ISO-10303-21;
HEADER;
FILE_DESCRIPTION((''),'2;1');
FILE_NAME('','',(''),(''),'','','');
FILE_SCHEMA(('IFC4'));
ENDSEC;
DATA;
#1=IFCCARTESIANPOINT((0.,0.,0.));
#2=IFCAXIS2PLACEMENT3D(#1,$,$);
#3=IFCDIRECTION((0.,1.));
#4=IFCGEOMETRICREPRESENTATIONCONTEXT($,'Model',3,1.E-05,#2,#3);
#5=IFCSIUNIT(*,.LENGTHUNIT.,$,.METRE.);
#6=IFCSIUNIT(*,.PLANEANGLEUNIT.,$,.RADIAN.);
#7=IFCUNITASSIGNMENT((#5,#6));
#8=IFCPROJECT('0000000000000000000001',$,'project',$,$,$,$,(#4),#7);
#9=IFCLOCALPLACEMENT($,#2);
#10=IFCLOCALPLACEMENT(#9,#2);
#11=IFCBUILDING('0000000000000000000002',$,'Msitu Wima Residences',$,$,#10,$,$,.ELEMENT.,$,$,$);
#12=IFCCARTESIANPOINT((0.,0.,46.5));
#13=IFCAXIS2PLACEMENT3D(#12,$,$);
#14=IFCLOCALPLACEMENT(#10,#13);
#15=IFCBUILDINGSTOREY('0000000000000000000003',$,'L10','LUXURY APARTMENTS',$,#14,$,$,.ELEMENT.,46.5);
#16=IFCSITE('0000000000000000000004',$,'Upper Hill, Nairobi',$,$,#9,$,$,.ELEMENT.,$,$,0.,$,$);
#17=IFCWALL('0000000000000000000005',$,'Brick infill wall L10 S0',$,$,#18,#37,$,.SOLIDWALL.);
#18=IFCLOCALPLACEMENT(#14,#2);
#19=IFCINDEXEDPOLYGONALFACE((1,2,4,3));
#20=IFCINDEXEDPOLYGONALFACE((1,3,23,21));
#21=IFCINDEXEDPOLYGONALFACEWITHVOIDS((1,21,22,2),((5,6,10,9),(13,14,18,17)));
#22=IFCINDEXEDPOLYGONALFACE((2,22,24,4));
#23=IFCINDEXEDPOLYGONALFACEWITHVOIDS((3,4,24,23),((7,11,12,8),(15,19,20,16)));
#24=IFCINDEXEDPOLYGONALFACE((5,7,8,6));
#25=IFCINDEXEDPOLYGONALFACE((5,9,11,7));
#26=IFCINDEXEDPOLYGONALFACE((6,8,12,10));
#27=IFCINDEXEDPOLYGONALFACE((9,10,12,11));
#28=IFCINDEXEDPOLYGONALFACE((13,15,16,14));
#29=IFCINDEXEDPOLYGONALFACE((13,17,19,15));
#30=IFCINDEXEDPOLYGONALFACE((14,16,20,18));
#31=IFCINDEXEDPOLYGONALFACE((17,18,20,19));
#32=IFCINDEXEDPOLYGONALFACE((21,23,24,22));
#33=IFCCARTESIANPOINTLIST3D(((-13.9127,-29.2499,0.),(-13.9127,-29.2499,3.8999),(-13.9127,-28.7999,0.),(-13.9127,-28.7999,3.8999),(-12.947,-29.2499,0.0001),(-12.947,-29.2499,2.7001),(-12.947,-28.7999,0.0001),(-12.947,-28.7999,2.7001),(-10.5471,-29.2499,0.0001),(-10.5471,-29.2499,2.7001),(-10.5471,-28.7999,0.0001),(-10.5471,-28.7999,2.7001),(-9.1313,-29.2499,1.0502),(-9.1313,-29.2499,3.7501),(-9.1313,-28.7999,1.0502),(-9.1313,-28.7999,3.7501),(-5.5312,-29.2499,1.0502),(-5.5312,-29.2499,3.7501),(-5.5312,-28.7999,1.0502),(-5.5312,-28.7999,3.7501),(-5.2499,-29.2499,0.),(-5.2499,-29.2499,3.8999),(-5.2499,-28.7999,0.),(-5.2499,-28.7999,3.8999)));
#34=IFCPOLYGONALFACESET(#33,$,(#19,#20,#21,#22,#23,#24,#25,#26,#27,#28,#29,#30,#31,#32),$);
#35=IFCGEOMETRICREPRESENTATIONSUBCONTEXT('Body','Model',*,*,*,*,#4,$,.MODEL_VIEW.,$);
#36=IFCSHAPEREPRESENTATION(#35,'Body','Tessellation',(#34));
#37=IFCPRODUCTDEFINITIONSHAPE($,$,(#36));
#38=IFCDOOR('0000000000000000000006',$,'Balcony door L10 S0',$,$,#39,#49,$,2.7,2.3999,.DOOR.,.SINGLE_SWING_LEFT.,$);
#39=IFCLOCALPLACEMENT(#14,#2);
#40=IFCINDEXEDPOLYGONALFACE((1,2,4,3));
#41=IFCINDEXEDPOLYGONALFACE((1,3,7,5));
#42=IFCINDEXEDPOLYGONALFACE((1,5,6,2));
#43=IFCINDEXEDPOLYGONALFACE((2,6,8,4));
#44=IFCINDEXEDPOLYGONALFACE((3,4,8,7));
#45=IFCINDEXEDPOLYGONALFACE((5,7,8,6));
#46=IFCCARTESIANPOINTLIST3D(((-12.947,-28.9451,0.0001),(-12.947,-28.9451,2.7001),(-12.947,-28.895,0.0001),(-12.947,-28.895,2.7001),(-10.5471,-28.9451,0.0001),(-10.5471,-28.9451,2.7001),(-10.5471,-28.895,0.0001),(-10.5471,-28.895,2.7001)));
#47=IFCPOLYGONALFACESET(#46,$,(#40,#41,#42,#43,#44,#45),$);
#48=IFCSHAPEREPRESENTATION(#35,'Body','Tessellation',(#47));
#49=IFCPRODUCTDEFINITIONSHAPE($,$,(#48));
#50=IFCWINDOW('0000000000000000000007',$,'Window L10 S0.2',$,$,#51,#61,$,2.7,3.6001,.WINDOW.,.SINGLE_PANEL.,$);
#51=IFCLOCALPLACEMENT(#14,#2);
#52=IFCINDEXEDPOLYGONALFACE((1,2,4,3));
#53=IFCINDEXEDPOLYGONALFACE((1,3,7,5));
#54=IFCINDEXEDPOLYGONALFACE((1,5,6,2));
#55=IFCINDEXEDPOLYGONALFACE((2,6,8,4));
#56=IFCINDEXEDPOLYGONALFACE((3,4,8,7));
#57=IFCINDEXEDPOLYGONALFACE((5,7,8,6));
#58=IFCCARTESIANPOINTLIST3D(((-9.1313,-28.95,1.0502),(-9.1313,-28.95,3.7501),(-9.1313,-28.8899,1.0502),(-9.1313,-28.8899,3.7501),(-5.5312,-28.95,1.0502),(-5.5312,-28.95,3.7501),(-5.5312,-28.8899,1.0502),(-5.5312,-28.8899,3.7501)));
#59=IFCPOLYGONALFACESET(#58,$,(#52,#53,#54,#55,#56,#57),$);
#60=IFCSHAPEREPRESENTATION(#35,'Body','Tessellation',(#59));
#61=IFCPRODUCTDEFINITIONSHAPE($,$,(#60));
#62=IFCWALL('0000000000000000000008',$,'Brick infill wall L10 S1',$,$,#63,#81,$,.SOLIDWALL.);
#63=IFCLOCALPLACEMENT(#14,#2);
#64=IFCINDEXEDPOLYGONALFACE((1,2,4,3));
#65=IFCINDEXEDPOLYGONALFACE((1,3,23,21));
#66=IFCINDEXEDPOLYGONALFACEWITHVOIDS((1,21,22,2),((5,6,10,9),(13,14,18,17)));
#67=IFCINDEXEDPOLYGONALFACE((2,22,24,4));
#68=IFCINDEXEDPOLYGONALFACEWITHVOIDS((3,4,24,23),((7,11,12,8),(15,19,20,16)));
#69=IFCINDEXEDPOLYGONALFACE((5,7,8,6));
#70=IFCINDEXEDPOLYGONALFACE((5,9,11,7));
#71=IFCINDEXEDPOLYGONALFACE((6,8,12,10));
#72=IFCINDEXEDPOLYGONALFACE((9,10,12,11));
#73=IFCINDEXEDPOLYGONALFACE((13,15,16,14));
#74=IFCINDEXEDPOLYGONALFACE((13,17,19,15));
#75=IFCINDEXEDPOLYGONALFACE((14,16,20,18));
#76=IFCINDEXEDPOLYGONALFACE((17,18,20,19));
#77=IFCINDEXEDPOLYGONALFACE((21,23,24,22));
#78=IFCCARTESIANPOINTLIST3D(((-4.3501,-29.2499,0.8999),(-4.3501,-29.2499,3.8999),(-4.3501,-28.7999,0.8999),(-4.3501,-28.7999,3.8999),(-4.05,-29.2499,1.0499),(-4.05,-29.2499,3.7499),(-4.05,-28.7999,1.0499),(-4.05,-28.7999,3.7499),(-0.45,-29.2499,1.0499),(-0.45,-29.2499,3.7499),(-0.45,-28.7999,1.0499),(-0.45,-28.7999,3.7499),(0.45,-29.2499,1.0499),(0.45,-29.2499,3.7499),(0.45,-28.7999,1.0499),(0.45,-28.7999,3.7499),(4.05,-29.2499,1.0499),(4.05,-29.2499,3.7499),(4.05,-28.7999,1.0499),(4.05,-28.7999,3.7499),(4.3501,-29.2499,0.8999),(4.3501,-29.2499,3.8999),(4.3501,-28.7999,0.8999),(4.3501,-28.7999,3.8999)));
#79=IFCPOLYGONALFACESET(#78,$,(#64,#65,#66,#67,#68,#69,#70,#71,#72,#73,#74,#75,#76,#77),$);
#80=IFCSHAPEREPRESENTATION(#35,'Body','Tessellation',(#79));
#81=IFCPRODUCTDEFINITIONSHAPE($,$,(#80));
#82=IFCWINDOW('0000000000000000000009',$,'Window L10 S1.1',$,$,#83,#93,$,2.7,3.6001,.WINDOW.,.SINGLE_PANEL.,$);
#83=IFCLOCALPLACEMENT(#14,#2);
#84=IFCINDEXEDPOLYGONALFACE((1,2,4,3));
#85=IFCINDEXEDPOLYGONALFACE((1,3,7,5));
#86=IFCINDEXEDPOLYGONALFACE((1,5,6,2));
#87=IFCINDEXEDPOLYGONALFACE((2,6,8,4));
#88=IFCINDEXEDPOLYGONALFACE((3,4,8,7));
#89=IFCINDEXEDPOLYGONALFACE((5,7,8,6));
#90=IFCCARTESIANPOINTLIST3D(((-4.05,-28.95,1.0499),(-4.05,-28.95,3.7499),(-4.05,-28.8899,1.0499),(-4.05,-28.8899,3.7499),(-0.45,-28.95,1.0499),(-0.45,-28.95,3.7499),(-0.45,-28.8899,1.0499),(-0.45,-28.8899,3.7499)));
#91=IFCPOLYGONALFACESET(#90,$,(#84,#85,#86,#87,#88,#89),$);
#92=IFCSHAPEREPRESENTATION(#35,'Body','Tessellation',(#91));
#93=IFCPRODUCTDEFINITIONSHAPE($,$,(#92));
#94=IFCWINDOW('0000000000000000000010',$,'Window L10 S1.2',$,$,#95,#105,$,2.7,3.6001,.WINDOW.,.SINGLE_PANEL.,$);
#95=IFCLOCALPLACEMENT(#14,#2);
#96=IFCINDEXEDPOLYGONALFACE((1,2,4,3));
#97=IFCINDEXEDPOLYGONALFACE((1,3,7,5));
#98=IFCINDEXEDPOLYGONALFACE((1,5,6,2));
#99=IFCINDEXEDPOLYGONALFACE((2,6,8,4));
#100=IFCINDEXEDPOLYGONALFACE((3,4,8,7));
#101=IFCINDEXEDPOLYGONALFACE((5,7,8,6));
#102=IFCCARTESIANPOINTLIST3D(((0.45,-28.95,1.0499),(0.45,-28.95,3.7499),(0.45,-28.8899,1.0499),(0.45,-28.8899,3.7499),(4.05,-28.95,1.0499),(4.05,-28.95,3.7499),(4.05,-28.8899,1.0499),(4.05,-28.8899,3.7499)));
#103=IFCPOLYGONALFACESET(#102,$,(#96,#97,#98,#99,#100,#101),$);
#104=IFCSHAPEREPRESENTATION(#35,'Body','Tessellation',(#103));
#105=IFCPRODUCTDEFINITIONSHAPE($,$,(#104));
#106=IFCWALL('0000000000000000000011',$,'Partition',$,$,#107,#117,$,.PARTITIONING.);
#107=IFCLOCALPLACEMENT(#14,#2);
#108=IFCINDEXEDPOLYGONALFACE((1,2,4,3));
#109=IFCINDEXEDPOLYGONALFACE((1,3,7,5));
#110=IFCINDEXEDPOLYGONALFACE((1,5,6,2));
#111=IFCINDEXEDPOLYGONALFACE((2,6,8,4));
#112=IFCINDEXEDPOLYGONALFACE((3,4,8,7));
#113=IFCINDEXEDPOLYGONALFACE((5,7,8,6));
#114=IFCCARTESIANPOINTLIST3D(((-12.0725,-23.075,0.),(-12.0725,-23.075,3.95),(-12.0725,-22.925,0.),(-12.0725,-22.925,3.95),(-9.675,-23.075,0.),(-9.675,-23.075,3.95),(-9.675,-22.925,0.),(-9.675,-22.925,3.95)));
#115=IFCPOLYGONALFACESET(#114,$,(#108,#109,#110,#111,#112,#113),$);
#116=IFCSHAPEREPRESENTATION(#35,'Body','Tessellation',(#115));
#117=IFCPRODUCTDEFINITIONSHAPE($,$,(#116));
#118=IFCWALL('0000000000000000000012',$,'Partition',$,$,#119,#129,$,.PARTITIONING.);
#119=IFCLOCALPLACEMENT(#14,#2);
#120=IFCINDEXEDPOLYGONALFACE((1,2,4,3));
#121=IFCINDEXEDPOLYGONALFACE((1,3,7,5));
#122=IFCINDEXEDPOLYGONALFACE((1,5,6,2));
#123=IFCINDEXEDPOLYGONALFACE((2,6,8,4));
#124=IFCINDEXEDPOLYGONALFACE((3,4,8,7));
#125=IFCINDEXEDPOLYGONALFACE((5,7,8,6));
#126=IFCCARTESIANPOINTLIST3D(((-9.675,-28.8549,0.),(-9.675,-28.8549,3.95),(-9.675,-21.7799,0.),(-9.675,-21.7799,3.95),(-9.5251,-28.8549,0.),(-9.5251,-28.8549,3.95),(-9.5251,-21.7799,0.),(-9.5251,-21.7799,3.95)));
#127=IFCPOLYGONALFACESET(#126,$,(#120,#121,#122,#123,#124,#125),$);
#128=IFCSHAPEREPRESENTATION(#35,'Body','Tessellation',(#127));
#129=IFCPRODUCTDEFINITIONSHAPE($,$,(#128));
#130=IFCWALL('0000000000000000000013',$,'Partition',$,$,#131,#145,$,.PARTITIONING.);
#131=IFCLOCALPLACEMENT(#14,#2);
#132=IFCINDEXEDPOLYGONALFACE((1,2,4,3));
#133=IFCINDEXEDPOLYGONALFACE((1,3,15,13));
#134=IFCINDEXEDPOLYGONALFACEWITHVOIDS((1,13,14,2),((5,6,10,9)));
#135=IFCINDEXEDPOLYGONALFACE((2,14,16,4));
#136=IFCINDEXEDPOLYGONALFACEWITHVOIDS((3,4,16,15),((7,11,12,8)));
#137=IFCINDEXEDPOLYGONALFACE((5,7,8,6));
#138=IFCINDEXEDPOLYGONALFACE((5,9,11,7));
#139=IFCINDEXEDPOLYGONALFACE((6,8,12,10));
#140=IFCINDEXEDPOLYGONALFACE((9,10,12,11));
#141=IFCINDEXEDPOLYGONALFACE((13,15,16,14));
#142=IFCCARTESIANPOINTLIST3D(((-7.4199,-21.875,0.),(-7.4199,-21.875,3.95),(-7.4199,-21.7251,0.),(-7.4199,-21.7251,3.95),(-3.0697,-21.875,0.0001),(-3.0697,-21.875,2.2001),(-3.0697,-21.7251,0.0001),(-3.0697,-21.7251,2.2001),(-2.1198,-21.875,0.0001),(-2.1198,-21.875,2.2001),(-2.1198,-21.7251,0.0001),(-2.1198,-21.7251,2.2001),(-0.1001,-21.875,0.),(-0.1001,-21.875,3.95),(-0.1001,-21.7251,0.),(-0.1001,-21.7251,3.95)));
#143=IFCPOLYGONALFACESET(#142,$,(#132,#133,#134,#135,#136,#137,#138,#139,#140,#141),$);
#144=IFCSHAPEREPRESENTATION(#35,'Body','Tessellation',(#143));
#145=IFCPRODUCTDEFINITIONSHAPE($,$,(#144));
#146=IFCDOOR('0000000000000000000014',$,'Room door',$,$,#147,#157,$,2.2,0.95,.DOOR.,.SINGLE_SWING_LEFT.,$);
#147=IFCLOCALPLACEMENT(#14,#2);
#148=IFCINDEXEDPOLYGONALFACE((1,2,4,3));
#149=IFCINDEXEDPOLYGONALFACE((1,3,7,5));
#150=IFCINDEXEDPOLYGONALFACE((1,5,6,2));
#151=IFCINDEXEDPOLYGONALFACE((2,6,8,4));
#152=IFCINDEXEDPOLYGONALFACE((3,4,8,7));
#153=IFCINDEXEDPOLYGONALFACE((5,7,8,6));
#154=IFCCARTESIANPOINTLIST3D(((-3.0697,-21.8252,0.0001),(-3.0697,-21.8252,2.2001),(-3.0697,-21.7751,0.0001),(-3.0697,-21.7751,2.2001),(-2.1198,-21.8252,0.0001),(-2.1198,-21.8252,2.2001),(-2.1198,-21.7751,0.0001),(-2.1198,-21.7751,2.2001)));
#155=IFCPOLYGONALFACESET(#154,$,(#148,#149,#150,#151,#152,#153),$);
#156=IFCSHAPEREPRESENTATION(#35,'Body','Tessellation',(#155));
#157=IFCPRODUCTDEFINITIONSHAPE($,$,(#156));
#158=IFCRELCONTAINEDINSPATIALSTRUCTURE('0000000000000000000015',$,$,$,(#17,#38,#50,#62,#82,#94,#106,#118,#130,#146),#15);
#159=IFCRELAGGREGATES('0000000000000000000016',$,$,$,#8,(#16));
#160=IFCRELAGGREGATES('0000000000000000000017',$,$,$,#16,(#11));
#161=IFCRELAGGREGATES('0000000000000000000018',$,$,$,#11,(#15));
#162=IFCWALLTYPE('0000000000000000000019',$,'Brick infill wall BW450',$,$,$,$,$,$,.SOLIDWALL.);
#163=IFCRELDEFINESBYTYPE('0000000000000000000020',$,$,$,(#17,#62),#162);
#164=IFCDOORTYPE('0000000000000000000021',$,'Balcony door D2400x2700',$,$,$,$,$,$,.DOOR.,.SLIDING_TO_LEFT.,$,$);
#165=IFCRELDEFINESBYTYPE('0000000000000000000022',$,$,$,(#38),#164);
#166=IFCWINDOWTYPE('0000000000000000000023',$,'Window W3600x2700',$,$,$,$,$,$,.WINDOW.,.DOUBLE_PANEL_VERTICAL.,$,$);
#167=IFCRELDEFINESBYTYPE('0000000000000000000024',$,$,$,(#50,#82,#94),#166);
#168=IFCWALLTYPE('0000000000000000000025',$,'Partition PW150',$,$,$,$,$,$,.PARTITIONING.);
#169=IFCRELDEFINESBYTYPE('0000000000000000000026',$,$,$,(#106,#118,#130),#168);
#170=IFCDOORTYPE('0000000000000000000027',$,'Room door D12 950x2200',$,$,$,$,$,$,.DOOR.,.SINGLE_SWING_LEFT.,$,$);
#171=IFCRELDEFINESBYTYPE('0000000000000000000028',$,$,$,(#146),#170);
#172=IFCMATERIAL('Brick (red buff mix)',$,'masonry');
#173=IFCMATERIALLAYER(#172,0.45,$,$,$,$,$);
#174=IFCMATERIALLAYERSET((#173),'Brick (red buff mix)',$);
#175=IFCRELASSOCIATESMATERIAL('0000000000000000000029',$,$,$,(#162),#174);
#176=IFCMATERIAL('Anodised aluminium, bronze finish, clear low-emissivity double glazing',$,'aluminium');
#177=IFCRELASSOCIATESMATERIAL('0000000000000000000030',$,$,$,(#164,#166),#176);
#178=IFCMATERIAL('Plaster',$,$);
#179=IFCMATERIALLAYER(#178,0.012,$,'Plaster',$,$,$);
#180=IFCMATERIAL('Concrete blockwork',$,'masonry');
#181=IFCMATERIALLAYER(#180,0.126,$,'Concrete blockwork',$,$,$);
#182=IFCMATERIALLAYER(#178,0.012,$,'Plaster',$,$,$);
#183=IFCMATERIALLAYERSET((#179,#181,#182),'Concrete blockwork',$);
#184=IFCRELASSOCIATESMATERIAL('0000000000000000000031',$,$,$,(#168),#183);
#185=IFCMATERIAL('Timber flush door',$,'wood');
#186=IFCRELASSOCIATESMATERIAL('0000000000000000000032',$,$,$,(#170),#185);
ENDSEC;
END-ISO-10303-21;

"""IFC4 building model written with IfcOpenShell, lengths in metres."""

from ifc_helpers import new_model, si_unit, direction, frame, frame_2d, origin, place, context, subcontext, project, spatial, rectangle, extrude, material, layer, layer_set, type_object, element, fill, save


model = new_model("IFC4")

# Units and contexts
model_context = context("Model", 3, precision=1e-05, world=origin(), true_north=direction((0.0, 1.0)))
body_context = subcontext(model_context, "Body", "Model", "MODEL_VIEW")
ifc_project = project(units=[si_unit("LENGTHUNIT", "METRE"), si_unit("PLANEANGLEUNIT", "RADIAN")], contexts=[model_context])

# Site, building, storey
site_placement = place(None, origin())
site = spatial("IfcSite", under=ifc_project, at=site_placement, Name="Upper Hill, Nairobi", CompositionType="ELEMENT", RefElevation=0.0)
building_placement = place(site_placement, origin())
building = spatial("IfcBuilding", under=site, at=building_placement, Name="Msitu Wima Residences", CompositionType="ELEMENT")
storey_placement = place(building_placement, frame((0.0, 0.0, 46.5)))
storey = spatial("IfcBuildingStorey", under=building, at=storey_placement, Name="L10", Description="LUXURY APARTMENTS", CompositionType="ELEMENT", Elevation=46.5)

# Wall, openings, door, window
ifc_material_1 = material(Name="Brick (red buff mix)", Category="masonry")
ifc_layer_1 = layer(ifc_material_1, 0.45)
ifc_layer_set_1 = layer_set([ifc_layer_1], Name="Brick (red buff mix)")
wall_type_1 = type_object("IfcWallType", Name="Brick infill wall BW450", PredefinedType="SOLIDWALL", material=ifc_layer_set_1)
wall_1_placement = place(storey_placement, frame((-13.9128, -29.0249, 0.0), z_axis=(0.0, 0.0, 1.0), x_axis=(1.0, 0.0, 0.0)))
wall_1 = element("IfcWall", 1, at=wall_1_placement, inside=storey, type_object=wall_type_1, Name="Brick infill wall L10 S0", PredefinedType="SOLIDWALL", context=body_context, shape_type="SweptSolid", body=[
    extrude(rectangle(XDim=8.6628, YDim=0.45, at=frame_2d((4.3315, 0.0))), origin(), (0.0, 0.0, 1.0), 3.8999),
])
opening_1_placement = place(wall_1_placement, frame((0.9658, 0.0, 0.0)))
opening_1 = element("IfcOpeningElement", 2, at=opening_1_placement, cuts=wall_1, PredefinedType="OPENING", context=body_context, shape_type="SweptSolid", body=[
    extrude(rectangle(XDim=2.3999, YDim=2.7, at=frame_2d((1.2, 1.3501))), frame((0.0, 0.2349, 0.0), z_axis=(0.0, -1.0, 0.0), x_axis=(1.0, 0.0, 0.0)), (0.0, 0.0, 1.0), 0.47),
])
opening_2_placement = place(wall_1_placement, frame((4.7815, 0.0, 1.05)))
opening_2 = element("IfcOpeningElement", 3, at=opening_2_placement, cuts=wall_1, PredefinedType="OPENING", context=body_context, shape_type="SweptSolid", body=[
    extrude(rectangle(XDim=3.6001, YDim=2.7, at=frame_2d((1.8, 1.3501))), frame((0.0, 0.2349, 0.0), z_axis=(0.0, -1.0, 0.0), x_axis=(1.0, 0.0, 0.0)), (0.0, 0.0, 1.0), 0.47),
])
ifc_material_2 = material(Name="Anodised aluminium, bronze finish, clear low-emissivity double glazing", Category="aluminium")
door_type_1 = type_object("IfcDoorType", Name="Balcony door D2400x2700", OperationType="SLIDING_TO_LEFT", PredefinedType="DOOR", material=ifc_material_2)
door_1_placement = place(opening_1_placement, origin())
door_1 = element("IfcDoor", 4, at=door_1_placement, inside=storey, type_object=door_type_1, Name="Balcony door L10 S0", OperationType="SINGLE_SWING_LEFT", OverallHeight=2.7, OverallWidth=2.3999, PredefinedType="DOOR", context=body_context, shape_type="SweptSolid", body=[
    extrude(rectangle(XDim=2.3999, YDim=2.7, at=frame_2d((1.2, 1.3501))), frame((0.0, 0.1299, 0.0), z_axis=(0.0, -1.0, 0.0), x_axis=(1.0, 0.0, 0.0)), (0.0, 0.0, 1.0), 0.05),
])
fill(opening_1, door_1)
window_type = type_object("IfcWindowType", Name="Window W3600x2700", PartitioningType="DOUBLE_PANEL_VERTICAL", PredefinedType="WINDOW", material=ifc_material_2)
window_1_placement = place(opening_2_placement, origin())
window_1 = element("IfcWindow", 5, at=window_1_placement, inside=storey, type_object=window_type, Name="Window L10 S0.2", OverallHeight=2.7, OverallWidth=3.6001, PartitioningType="SINGLE_PANEL", PredefinedType="WINDOW", context=body_context, shape_type="SweptSolid", body=[
    extrude(rectangle(XDim=3.6001, YDim=2.7, at=frame_2d((1.8, 1.3501))), frame((0.0, 0.135, 0.0), z_axis=(0.0, -1.0, 0.0), x_axis=(1.0, 0.0, 0.0)), (0.0, 0.0, 1.0), 0.0601),
])
fill(opening_2, window_1)

# Wall, openings, windows
wall_2_placement = place(storey_placement, frame((-4.3501, -29.0249, 0.8999), z_axis=(0.0, 0.0, 1.0), x_axis=(1.0, 0.0, 0.0)))
wall_2 = element("IfcWall", 6, at=wall_2_placement, inside=storey, type_object=wall_type_1, Name="Brick infill wall L10 S1", PredefinedType="SOLIDWALL", context=body_context, shape_type="SweptSolid", body=[
    extrude(rectangle(XDim=8.7002, YDim=0.45, at=frame_2d((4.3501, 0.0))), origin(), (0.0, 0.0, 1.0), 3.0),
])
opening_3_placement = place(wall_2_placement, frame((0.3, 0.0, 0.1499)))
opening_3 = element("IfcOpeningElement", 7, at=opening_3_placement, cuts=wall_2, PredefinedType="OPENING", context=body_context, shape_type="SweptSolid", body=[
    extrude(rectangle(XDim=3.6001, YDim=2.7, at=frame_2d((1.8, 1.3501))), frame((0.0, 0.2349, 0.0), z_axis=(0.0, -1.0, 0.0), x_axis=(1.0, 0.0, 0.0)), (0.0, 0.0, 1.0), 0.47),
])
opening_4_placement = place(wall_2_placement, frame((4.8, 0.0, 0.1499)))
opening_4 = element("IfcOpeningElement", 8, at=opening_4_placement, cuts=wall_2, PredefinedType="OPENING", context=body_context, shape_type="SweptSolid", body=[
    extrude(rectangle(XDim=3.6001, YDim=2.7, at=frame_2d((1.8, 1.3501))), frame((0.0, 0.2349, 0.0), z_axis=(0.0, -1.0, 0.0), x_axis=(1.0, 0.0, 0.0)), (0.0, 0.0, 1.0), 0.47),
])
window_2_placement = place(opening_3_placement, origin())
window_2 = element("IfcWindow", 9, at=window_2_placement, inside=storey, type_object=window_type, Name="Window L10 S1.1", OverallHeight=2.7, OverallWidth=3.6001, PartitioningType="SINGLE_PANEL", PredefinedType="WINDOW", context=body_context, shape_type="SweptSolid", body=[
    extrude(rectangle(XDim=3.6001, YDim=2.7, at=frame_2d((1.8, 1.3501))), frame((0.0, 0.135, 0.0), z_axis=(0.0, -1.0, 0.0), x_axis=(1.0, 0.0, 0.0)), (0.0, 0.0, 1.0), 0.0601),
])
fill(opening_3, window_2)
window_3_placement = place(opening_4_placement, origin())
window_3 = element("IfcWindow", 10, at=window_3_placement, inside=storey, type_object=window_type, Name="Window L10 S1.2", OverallHeight=2.7, OverallWidth=3.6001, PartitioningType="SINGLE_PANEL", PredefinedType="WINDOW", context=body_context, shape_type="SweptSolid", body=[
    extrude(rectangle(XDim=3.6001, YDim=2.7, at=frame_2d((1.8, 1.3501))), frame((0.0, 0.135, 0.0), z_axis=(0.0, -1.0, 0.0), x_axis=(1.0, 0.0, 0.0)), (0.0, 0.0, 1.0), 0.0601),
])
fill(opening_4, window_3)

# Walls
ifc_material_3 = material(Name="Plaster")
ifc_layer_2 = layer(ifc_material_3, 0.012, Name="Plaster")
ifc_material_4 = material(Name="Concrete blockwork", Category="masonry")
ifc_layer_3 = layer(ifc_material_4, 0.126, Name="Concrete blockwork")
ifc_layer_4 = layer(ifc_material_3, 0.012, Name="Plaster")
ifc_layer_set_2 = layer_set([ifc_layer_2, ifc_layer_3, ifc_layer_4], Name="Concrete blockwork")
wall_type_2 = type_object("IfcWallType", Name="Partition PW150", PredefinedType="PARTITIONING", material=ifc_layer_set_2)
wall_3_placement = place(storey_placement, frame((-12.0725, -23.0, 0.0), z_axis=(0.0, 0.0, 1.0), x_axis=(1.0, 0.0, 0.0)))
element("IfcWall", 11, at=wall_3_placement, inside=storey, type_object=wall_type_2, Name="Partition", PredefinedType="PARTITIONING", context=body_context, shape_type="SweptSolid", body=[
    extrude(rectangle(XDim=2.3975, YDim=0.1499, at=frame_2d((1.1987, 0.0))), origin(), (0.0, 0.0, 1.0), 3.95),
])
wall_4_placement = place(storey_placement, frame((-9.6001, -28.855, 0.0), z_axis=(0.0, 0.0, 1.0), x_axis=(0.0, 1.0, 0.0)))
element("IfcWall", 12, at=wall_4_placement, inside=storey, type_object=wall_type_2, Name="Partition", PredefinedType="PARTITIONING", context=body_context, shape_type="SweptSolid", body=[
    extrude(rectangle(XDim=7.075, YDim=0.1499, at=frame_2d((3.5376, 0.0))), origin(), (0.0, 0.0, 1.0), 3.95),
])

# Wall, opening, door
wall_5_placement = place(storey_placement, frame((-7.4199, -21.8, 0.0), z_axis=(0.0, 0.0, 1.0), x_axis=(1.0, 0.0, 0.0)))
wall_5 = element("IfcWall", 13, at=wall_5_placement, inside=storey, type_object=wall_type_2, Name="Partition", PredefinedType="PARTITIONING", context=body_context, shape_type="SweptSolid", body=[
    extrude(rectangle(XDim=7.3198, YDim=0.1499, at=frame_2d((3.6599, 0.0))), origin(), (0.0, 0.0, 1.0), 3.95),
])
opening_5_placement = place(wall_5_placement, frame((4.3501, 0.0, 0.0)))
opening_5 = element("IfcOpeningElement", 14, at=opening_5_placement, cuts=wall_5, PredefinedType="OPENING", context=body_context, shape_type="SweptSolid", body=[
    extrude(rectangle(XDim=0.95, YDim=2.2, at=frame_2d((0.4751, 1.1001))), frame((0.0, 0.085, 0.0), z_axis=(0.0, -1.0, 0.0), x_axis=(1.0, 0.0, 0.0)), (0.0, 0.0, 1.0), 0.1699),
])
ifc_material_5 = material(Name="Timber flush door", Category="wood")
door_type_2 = type_object("IfcDoorType", Name="Room door D12 950x2200", OperationType="SINGLE_SWING_LEFT", PredefinedType="DOOR", material=ifc_material_5)
door_2_placement = place(opening_5_placement, origin())
door_2 = element("IfcDoor", 15, at=door_2_placement, inside=storey, type_object=door_type_2, Name="Room door", OperationType="SINGLE_SWING_LEFT", OverallHeight=2.2, OverallWidth=0.95, PredefinedType="DOOR", context=body_context, shape_type="SweptSolid", body=[
    extrude(rectangle(XDim=0.95, YDim=2.2, at=frame_2d((0.4751, 1.1001))), frame((0.0, 0.0249, 0.0), z_axis=(0.0, -1.0, 0.0), x_axis=(1.0, 0.0, 0.0)), (0.0, 0.0, 1.0), 0.05),
])
fill(opening_5, door_2)

save(model, "model.ifc")
